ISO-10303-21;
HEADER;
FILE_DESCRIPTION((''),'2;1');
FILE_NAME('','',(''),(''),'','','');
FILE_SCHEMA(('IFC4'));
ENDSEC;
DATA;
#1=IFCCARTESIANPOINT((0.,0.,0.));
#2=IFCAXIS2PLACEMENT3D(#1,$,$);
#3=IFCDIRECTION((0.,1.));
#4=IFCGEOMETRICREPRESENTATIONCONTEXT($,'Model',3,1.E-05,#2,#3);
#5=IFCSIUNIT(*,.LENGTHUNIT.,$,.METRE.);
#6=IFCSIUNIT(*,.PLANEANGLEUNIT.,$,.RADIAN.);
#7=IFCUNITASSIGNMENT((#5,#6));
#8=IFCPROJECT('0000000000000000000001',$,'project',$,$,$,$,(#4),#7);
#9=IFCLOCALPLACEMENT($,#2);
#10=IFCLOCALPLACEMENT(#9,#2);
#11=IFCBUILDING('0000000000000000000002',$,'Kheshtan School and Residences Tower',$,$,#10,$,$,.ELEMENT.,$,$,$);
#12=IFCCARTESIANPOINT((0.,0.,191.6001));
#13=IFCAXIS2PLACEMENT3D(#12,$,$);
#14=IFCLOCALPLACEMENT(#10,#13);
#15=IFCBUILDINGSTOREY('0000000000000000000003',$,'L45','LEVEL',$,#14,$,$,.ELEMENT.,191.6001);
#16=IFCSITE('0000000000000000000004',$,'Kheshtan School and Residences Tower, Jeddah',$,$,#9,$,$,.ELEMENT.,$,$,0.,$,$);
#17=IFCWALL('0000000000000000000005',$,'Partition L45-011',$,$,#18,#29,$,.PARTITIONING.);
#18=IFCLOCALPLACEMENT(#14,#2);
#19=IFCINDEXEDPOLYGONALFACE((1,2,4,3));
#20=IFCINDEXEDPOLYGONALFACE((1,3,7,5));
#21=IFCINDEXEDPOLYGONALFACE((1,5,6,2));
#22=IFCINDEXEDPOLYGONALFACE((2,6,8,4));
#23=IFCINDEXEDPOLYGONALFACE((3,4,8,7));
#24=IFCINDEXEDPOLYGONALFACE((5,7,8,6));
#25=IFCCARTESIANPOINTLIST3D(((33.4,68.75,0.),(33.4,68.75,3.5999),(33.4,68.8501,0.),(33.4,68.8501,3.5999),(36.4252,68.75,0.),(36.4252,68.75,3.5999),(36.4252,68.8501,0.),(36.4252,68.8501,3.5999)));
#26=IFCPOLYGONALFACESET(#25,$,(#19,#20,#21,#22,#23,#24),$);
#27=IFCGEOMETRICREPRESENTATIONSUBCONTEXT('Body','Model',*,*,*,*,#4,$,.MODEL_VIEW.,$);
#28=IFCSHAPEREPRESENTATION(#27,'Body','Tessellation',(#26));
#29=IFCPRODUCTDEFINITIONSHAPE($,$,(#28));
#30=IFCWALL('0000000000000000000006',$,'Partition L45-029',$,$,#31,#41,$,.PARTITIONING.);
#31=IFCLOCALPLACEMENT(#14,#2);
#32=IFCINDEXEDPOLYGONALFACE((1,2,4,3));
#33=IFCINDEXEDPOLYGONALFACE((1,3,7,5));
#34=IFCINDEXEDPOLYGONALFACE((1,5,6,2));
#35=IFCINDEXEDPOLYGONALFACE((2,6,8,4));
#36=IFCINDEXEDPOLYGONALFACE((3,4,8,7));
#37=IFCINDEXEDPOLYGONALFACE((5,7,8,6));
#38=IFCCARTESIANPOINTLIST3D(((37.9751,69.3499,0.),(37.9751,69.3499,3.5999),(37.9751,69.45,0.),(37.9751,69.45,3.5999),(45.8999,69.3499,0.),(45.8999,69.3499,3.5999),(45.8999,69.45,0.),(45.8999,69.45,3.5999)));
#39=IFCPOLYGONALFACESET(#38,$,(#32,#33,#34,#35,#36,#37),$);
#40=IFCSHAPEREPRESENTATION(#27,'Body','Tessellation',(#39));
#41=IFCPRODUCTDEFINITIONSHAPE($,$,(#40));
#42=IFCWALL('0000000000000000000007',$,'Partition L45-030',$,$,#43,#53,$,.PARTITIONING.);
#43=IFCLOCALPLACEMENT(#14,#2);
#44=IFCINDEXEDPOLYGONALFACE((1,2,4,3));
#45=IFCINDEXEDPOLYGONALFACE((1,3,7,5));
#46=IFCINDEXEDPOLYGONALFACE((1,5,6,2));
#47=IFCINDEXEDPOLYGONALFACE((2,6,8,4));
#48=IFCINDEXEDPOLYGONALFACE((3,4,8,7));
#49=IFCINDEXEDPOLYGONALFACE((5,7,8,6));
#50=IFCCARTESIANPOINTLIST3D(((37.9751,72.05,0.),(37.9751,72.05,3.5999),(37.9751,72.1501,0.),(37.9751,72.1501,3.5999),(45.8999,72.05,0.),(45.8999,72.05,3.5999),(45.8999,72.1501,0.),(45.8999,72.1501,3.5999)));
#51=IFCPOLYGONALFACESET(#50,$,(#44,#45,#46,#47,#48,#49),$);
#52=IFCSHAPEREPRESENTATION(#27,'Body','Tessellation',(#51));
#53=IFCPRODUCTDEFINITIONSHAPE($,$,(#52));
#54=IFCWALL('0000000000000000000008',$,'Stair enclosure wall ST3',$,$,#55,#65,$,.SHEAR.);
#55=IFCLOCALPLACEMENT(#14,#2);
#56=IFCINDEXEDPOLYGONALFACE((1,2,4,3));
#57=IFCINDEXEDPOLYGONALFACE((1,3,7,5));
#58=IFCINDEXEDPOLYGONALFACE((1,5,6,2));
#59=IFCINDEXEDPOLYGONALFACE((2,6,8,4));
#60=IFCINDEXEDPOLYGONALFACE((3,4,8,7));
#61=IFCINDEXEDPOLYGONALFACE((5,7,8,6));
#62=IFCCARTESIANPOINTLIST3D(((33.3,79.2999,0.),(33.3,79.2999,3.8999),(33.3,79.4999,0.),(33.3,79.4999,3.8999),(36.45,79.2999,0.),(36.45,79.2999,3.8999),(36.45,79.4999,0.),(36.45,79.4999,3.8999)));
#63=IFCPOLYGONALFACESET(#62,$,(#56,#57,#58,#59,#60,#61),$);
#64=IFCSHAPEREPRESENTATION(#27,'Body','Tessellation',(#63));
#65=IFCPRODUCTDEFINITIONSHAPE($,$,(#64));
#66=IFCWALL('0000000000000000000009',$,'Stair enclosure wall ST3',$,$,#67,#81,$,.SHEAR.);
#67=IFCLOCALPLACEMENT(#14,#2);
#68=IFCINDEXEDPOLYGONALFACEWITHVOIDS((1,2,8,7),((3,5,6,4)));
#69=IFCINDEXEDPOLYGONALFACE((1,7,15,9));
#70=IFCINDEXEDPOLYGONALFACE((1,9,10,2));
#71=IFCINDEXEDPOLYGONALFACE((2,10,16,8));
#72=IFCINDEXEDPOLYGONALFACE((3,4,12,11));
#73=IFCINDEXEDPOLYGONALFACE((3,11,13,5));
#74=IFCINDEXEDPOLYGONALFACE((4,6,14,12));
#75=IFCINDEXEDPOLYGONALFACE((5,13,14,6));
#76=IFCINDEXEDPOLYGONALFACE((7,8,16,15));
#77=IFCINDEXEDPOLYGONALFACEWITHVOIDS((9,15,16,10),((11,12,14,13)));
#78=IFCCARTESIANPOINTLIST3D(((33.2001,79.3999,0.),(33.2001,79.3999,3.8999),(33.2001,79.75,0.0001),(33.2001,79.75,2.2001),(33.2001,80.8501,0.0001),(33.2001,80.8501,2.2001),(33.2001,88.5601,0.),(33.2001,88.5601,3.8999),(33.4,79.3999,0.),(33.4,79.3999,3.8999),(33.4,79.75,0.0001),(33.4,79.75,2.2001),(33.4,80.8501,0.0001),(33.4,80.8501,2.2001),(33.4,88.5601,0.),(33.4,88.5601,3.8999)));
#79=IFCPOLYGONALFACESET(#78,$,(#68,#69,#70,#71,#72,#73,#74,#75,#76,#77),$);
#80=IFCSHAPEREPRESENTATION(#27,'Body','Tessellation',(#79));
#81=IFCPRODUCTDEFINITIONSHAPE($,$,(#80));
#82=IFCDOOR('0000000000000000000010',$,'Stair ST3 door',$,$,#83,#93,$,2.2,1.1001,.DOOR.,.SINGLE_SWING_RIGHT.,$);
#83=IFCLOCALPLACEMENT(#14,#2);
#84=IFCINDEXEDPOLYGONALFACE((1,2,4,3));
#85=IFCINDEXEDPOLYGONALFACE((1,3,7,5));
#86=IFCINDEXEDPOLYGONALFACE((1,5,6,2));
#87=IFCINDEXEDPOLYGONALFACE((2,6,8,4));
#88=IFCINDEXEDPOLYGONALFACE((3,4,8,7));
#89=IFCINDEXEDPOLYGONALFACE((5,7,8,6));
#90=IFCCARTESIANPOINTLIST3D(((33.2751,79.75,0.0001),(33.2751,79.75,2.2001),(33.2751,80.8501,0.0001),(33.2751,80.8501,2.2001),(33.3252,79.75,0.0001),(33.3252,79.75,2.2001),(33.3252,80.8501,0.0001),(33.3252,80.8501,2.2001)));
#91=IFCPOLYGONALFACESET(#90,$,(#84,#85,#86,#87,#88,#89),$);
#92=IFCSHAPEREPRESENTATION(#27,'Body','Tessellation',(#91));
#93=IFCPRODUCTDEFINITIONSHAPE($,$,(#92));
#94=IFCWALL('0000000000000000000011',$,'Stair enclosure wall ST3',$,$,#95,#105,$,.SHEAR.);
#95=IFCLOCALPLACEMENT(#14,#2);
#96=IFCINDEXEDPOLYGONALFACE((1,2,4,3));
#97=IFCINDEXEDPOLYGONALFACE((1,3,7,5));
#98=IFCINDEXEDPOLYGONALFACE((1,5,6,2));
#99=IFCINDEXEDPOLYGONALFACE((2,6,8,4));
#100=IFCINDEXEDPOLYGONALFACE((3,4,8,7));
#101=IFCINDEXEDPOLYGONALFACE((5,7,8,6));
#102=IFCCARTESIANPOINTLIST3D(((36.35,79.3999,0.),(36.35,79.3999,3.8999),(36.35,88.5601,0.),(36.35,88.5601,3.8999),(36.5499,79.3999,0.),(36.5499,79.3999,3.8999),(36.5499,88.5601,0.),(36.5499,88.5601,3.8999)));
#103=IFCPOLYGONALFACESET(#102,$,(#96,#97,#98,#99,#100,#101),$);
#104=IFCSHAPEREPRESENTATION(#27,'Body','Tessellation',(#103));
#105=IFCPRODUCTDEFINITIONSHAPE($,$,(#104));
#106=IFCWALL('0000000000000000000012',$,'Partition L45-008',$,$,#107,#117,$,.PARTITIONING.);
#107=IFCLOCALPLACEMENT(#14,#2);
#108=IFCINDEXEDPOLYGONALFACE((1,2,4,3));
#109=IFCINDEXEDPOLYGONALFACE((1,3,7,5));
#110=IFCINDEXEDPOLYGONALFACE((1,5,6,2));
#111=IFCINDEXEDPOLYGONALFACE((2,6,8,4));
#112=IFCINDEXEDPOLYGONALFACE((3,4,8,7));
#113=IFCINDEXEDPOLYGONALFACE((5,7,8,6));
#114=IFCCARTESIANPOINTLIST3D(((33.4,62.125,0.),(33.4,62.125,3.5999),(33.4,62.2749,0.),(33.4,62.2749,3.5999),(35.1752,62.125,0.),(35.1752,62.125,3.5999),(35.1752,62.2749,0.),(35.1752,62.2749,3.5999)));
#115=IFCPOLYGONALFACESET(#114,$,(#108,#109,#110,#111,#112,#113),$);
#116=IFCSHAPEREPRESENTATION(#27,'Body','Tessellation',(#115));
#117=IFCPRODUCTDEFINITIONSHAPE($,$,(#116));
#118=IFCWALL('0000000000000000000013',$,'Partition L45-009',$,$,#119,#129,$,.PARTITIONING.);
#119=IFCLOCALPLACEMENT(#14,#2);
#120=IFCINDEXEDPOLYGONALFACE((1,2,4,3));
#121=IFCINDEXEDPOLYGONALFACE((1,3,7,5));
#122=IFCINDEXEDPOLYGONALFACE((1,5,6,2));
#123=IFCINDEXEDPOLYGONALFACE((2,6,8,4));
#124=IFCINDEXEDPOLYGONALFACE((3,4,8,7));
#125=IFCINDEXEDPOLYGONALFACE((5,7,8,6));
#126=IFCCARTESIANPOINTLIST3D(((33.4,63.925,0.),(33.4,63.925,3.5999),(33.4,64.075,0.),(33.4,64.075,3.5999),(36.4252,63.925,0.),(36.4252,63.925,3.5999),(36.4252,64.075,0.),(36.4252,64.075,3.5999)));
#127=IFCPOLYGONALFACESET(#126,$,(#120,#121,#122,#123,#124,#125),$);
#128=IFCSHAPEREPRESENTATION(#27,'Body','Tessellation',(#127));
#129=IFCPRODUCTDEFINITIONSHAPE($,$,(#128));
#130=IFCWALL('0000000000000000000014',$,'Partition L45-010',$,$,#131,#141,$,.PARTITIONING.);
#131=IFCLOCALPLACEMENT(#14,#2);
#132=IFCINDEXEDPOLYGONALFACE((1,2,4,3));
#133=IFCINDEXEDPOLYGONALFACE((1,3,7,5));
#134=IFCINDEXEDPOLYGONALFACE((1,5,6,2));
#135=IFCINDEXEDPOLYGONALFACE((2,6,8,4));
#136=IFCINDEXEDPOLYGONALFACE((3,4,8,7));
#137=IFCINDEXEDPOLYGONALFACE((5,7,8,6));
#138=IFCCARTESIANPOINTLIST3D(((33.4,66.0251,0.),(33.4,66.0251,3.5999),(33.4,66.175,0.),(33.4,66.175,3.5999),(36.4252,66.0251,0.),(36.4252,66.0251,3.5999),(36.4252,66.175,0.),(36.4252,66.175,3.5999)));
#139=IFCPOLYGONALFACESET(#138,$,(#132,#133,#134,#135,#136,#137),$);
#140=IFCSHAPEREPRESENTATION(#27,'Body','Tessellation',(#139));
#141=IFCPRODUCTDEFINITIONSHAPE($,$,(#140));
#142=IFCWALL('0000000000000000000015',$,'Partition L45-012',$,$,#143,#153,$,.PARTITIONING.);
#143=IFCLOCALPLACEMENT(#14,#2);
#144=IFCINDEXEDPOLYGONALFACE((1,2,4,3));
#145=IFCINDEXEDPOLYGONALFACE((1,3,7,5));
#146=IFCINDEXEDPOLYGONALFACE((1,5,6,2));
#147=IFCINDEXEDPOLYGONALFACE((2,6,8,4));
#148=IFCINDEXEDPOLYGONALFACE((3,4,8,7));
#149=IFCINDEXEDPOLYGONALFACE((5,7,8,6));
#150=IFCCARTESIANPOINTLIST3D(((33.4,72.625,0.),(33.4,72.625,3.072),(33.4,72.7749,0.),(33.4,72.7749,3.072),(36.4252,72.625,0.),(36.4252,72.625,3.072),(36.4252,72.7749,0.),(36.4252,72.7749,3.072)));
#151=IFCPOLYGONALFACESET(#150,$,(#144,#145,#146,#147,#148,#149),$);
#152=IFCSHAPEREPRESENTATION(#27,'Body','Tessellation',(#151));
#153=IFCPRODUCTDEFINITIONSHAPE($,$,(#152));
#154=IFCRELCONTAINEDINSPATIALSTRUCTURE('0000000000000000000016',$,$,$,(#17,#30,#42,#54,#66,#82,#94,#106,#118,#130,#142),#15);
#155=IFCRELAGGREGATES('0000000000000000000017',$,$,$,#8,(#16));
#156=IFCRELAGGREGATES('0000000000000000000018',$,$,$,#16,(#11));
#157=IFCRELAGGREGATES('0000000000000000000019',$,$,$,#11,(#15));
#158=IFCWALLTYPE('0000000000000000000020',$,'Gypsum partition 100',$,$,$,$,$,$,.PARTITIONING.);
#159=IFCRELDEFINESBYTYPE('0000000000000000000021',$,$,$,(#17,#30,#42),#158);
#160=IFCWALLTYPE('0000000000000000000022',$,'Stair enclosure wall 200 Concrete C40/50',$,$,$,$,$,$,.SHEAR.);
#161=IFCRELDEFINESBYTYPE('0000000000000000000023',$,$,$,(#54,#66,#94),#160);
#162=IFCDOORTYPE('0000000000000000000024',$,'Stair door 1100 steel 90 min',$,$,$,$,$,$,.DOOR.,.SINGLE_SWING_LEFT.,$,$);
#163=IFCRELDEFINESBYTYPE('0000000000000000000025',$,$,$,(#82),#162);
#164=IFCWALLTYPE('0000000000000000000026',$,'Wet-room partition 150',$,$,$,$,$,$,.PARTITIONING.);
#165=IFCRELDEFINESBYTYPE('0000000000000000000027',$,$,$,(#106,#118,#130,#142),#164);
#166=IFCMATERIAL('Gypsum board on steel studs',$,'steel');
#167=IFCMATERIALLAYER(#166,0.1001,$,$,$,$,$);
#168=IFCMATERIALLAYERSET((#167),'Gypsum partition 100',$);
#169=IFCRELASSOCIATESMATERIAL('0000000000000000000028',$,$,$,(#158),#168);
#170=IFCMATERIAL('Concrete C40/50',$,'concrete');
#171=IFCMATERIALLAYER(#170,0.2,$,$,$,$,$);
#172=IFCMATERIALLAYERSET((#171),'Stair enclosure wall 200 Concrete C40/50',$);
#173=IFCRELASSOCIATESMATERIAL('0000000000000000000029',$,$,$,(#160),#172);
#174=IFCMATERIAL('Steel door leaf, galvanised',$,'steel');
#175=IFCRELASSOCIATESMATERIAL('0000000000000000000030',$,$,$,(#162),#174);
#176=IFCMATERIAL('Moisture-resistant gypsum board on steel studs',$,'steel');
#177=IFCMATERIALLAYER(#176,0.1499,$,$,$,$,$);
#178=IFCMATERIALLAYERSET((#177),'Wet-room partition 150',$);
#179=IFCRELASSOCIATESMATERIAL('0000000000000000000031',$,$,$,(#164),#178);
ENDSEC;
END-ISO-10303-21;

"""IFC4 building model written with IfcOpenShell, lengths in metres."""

from ifc_helpers import new_model, si_unit, direction, frame, frame_2d, origin, place, context, subcontext, project, spatial, rectangle, extrude, source, transform, mapped, material, layer, layer_set, type_object, element, fill, save


model = new_model("IFC4")

# Units and contexts
model_context = context("Model", 3, precision=1e-05, world=origin(), true_north=direction((0.0, 1.0)))
body_context = subcontext(model_context, "Body", "Model", "MODEL_VIEW")
ifc_project = project(units=[si_unit("LENGTHUNIT", "METRE"), si_unit("PLANEANGLEUNIT", "RADIAN")], contexts=[model_context])

# Site, building, storey
site_placement = place(None, origin())
site = spatial("IfcSite", under=ifc_project, at=site_placement, Name="Kheshtan School and Residences Tower, Jeddah", CompositionType="ELEMENT", RefElevation=0.0)
building_placement = place(site_placement, origin())
building = spatial("IfcBuilding", under=site, at=building_placement, Name="Kheshtan School and Residences Tower", CompositionType="ELEMENT")
storey_placement = place(building_placement, frame((0.0, 0.0, 191.6001)))
storey = spatial("IfcBuildingStorey", under=building, at=storey_placement, Name="L45", Description="LEVEL", CompositionType="ELEMENT", Elevation=191.6001)

# Walls
ifc_material_1 = material(Name="Gypsum board on steel studs", Category="steel")
ifc_layer_1 = layer(ifc_material_1, 0.1001)
ifc_layer_set_1 = layer_set([ifc_layer_1], Name="Gypsum partition 100")
wall_type_1 = type_object("IfcWallType", Name="Gypsum partition 100", PredefinedType="PARTITIONING", material=ifc_layer_set_1)
wall_1_placement = place(storey_placement, frame((33.3999, 68.8, 0.0), z_axis=(0.0, 0.0, 1.0), x_axis=(1.0, 0.0, 0.0)))
element("IfcWall", 1, at=wall_1_placement, inside=storey, type_object=wall_type_1, Name="Partition L45-011", PredefinedType="PARTITIONING", context=body_context, shape_type="SweptSolid", body=[
    extrude(rectangle(XDim=3.0251, YDim=0.1001, at=frame_2d((1.5127, 0.0))), origin(), (0.0, 0.0, 1.0), 3.5999),
])
for number, where, z_axis, x_axis, name in (
    (2, (37.9751, 69.3999, 0.0), (0.0, 0.0, 1.0), (1.0, 0.0, 0.0), "Partition L45-029"),
    (3, (37.9751, 72.1001, 0.0), (0.0, 0.0, 1.0), (1.0, 0.0, 0.0), "Partition L45-030"),
):
    element("IfcWall", number, at=place(storey_placement, frame(where, z_axis=z_axis, x_axis=x_axis)), inside=storey, type_object=wall_type_1, Name=name, PredefinedType="PARTITIONING", context=body_context, shape_type="SweptSolid", body=[
        extrude(rectangle(XDim=7.9248, YDim=0.1001, at=frame_2d((3.9624, 0.0))), origin(), (0.0, 0.0, 1.0), 3.5999),
    ])
ifc_material_2 = material(Name="Concrete C40/50", Category="concrete")
ifc_layer_2 = layer(ifc_material_2, 0.2)
ifc_layer_set_2 = layer_set([ifc_layer_2], Name="Stair enclosure wall 200 Concrete C40/50")
wall_type_2 = type_object("IfcWallType", Name="Stair enclosure wall 200 Concrete C40/50", PredefinedType="SHEAR", material=ifc_layer_set_2)
wall_2_placement = place(storey_placement, frame((33.3, 79.3999, 0.0), z_axis=(0.0, 0.0, 1.0), x_axis=(1.0, 0.0, 0.0)))
element("IfcWall", 4, at=wall_2_placement, inside=storey, type_object=wall_type_2, Name="Stair enclosure wall ST3", PredefinedType="SHEAR", context=body_context, shape_type="SweptSolid", body=[
    extrude(rectangle(XDim=3.1499, YDim=0.2, at=frame_2d((1.575, 0.0))), origin(), (0.0, 0.0, 1.0), 3.8999),
])

# Wall, opening, door
wall_3_placement = place(storey_placement, frame((33.3, 79.3999, 0.0), z_axis=(0.0, 0.0, 1.0), x_axis=(0.0, 1.0, 0.0)))
wall_3 = element("IfcWall", 5, at=wall_3_placement, inside=storey, type_object=wall_type_2, Name="Stair enclosure wall ST3", PredefinedType="SHEAR", context=body_context, shape_type="SweptSolid", body=[
    extrude(rectangle(XDim=9.1602, YDim=0.2, at=frame_2d((4.5801, 0.0))), origin(), (0.0, 0.0, 1.0), 3.8999),
])
opening_1_placement = place(wall_3_placement, frame((0.3501, 0.0, 0.0)))
opening_1 = element("IfcOpeningElement", 6, at=opening_1_placement, cuts=wall_3, PredefinedType="OPENING", context=body_context, shape_type="SweptSolid", body=[
    extrude(rectangle(XDim=1.1001, YDim=2.2, at=frame_2d((0.55, 1.1001))), frame((0.0, 0.1099, 0.0), z_axis=(0.0, -1.0, 0.0), x_axis=(1.0, 0.0, 0.0)), (0.0, 0.0, 1.0), 0.22),
])
ifc_material_3 = material(Name="Steel door leaf, galvanised", Category="steel")
door_type_1 = type_object("IfcDoorType", Name="Stair door 1100 steel 90 min", OperationType="SINGLE_SWING_LEFT", PredefinedType="DOOR", material=ifc_material_3)
shared_shape_1 = source(origin(), body_context, "Body", "SweptSolid", [
    extrude(rectangle(XDim=1.1001, YDim=2.2, at=frame_2d((0.55, 1.1001))), frame((0.0, 0.0249, 0.0), z_axis=(0.0, -1.0, 0.0), x_axis=(1.0, 0.0, 0.0)), (0.0, 0.0, 1.0), 0.05),
])
door_1_placement = place(opening_1_placement, origin())
door_1 = element("IfcDoor", 7, at=door_1_placement, inside=storey, type_object=door_type_1, Name="Stair ST3 door", OperationType="SINGLE_SWING_RIGHT", OverallHeight=2.2, OverallWidth=1.1001, PredefinedType="DOOR", context=body_context, shape_type="MappedRepresentation", body=[
    mapped(shared_shape_1, transform((0.0, 0.0, 0.0), x_axis=(1.0, 0.0, 0.0), y_axis=(0.0, 1.0, 0.0), z_axis=(0.0, 0.0, 1.0), scale=1.0)),
])
fill(opening_1, door_1)

# Walls
wall_4_placement = place(storey_placement, frame((36.45, 79.3999, 0.0), z_axis=(0.0, 0.0, 1.0), x_axis=(0.0, 1.0, 0.0)))
element("IfcWall", 8, at=wall_4_placement, inside=storey, type_object=wall_type_2, Name="Stair enclosure wall ST3", PredefinedType="SHEAR", context=body_context, shape_type="SweptSolid", body=[
    extrude(rectangle(XDim=9.1602, YDim=0.2, at=frame_2d((4.5801, 0.0))), origin(), (0.0, 0.0, 1.0), 3.8999),
])
ifc_material_4 = material(Name="Moisture-resistant gypsum board on steel studs", Category="steel")
ifc_layer_3 = layer(ifc_material_4, 0.1499)
ifc_layer_set_3 = layer_set([ifc_layer_3], Name="Wet-room partition 150")
wall_type_3 = type_object("IfcWallType", Name="Wet-room partition 150", PredefinedType="PARTITIONING", material=ifc_layer_set_3)
wall_5_placement = place(storey_placement, frame((33.3999, 62.2, 0.0), z_axis=(0.0, 0.0, 1.0), x_axis=(1.0, 0.0, 0.0)))
element("IfcWall", 9, at=wall_5_placement, inside=storey, type_object=wall_type_3, Name="Partition L45-008", PredefinedType="PARTITIONING", context=body_context, shape_type="SweptSolid", body=[
    extrude(rectangle(XDim=1.7751, YDim=0.1499, at=frame_2d((0.8877, 0.0))), origin(), (0.0, 0.0, 1.0), 3.5999),
])
for number, where, z_axis, x_axis, name in (
    (10, (33.3999, 64.0, 0.0), (0.0, 0.0, 1.0), (1.0, 0.0, 0.0), "Partition L45-009"),
    (11, (33.3999, 66.1001, 0.0), (0.0, 0.0, 1.0), (1.0, 0.0, 0.0), "Partition L45-010"),
):
    element("IfcWall", number, at=place(storey_placement, frame(where, z_axis=z_axis, x_axis=x_axis)), inside=storey, type_object=wall_type_3, Name=name, PredefinedType="PARTITIONING", context=body_context, shape_type="SweptSolid", body=[
        extrude(rectangle(XDim=3.0251, YDim=0.1499, at=frame_2d((1.5127, 0.0))), origin(), (0.0, 0.0, 1.0), 3.5999),
    ])
wall_6_placement = place(storey_placement, frame((33.3999, 72.7, 0.0), z_axis=(0.0, 0.0, 1.0), x_axis=(1.0, 0.0, 0.0)))
element("IfcWall", 12, at=wall_6_placement, inside=storey, type_object=wall_type_3, Name="Partition L45-012", PredefinedType="PARTITIONING", context=body_context, shape_type="SweptSolid", body=[
    extrude(rectangle(XDim=3.0251, YDim=0.1499, at=frame_2d((1.5127, 0.0))), origin(), (0.0, 0.0, 1.0), 3.072),
])

save(model, "model.ifc")
